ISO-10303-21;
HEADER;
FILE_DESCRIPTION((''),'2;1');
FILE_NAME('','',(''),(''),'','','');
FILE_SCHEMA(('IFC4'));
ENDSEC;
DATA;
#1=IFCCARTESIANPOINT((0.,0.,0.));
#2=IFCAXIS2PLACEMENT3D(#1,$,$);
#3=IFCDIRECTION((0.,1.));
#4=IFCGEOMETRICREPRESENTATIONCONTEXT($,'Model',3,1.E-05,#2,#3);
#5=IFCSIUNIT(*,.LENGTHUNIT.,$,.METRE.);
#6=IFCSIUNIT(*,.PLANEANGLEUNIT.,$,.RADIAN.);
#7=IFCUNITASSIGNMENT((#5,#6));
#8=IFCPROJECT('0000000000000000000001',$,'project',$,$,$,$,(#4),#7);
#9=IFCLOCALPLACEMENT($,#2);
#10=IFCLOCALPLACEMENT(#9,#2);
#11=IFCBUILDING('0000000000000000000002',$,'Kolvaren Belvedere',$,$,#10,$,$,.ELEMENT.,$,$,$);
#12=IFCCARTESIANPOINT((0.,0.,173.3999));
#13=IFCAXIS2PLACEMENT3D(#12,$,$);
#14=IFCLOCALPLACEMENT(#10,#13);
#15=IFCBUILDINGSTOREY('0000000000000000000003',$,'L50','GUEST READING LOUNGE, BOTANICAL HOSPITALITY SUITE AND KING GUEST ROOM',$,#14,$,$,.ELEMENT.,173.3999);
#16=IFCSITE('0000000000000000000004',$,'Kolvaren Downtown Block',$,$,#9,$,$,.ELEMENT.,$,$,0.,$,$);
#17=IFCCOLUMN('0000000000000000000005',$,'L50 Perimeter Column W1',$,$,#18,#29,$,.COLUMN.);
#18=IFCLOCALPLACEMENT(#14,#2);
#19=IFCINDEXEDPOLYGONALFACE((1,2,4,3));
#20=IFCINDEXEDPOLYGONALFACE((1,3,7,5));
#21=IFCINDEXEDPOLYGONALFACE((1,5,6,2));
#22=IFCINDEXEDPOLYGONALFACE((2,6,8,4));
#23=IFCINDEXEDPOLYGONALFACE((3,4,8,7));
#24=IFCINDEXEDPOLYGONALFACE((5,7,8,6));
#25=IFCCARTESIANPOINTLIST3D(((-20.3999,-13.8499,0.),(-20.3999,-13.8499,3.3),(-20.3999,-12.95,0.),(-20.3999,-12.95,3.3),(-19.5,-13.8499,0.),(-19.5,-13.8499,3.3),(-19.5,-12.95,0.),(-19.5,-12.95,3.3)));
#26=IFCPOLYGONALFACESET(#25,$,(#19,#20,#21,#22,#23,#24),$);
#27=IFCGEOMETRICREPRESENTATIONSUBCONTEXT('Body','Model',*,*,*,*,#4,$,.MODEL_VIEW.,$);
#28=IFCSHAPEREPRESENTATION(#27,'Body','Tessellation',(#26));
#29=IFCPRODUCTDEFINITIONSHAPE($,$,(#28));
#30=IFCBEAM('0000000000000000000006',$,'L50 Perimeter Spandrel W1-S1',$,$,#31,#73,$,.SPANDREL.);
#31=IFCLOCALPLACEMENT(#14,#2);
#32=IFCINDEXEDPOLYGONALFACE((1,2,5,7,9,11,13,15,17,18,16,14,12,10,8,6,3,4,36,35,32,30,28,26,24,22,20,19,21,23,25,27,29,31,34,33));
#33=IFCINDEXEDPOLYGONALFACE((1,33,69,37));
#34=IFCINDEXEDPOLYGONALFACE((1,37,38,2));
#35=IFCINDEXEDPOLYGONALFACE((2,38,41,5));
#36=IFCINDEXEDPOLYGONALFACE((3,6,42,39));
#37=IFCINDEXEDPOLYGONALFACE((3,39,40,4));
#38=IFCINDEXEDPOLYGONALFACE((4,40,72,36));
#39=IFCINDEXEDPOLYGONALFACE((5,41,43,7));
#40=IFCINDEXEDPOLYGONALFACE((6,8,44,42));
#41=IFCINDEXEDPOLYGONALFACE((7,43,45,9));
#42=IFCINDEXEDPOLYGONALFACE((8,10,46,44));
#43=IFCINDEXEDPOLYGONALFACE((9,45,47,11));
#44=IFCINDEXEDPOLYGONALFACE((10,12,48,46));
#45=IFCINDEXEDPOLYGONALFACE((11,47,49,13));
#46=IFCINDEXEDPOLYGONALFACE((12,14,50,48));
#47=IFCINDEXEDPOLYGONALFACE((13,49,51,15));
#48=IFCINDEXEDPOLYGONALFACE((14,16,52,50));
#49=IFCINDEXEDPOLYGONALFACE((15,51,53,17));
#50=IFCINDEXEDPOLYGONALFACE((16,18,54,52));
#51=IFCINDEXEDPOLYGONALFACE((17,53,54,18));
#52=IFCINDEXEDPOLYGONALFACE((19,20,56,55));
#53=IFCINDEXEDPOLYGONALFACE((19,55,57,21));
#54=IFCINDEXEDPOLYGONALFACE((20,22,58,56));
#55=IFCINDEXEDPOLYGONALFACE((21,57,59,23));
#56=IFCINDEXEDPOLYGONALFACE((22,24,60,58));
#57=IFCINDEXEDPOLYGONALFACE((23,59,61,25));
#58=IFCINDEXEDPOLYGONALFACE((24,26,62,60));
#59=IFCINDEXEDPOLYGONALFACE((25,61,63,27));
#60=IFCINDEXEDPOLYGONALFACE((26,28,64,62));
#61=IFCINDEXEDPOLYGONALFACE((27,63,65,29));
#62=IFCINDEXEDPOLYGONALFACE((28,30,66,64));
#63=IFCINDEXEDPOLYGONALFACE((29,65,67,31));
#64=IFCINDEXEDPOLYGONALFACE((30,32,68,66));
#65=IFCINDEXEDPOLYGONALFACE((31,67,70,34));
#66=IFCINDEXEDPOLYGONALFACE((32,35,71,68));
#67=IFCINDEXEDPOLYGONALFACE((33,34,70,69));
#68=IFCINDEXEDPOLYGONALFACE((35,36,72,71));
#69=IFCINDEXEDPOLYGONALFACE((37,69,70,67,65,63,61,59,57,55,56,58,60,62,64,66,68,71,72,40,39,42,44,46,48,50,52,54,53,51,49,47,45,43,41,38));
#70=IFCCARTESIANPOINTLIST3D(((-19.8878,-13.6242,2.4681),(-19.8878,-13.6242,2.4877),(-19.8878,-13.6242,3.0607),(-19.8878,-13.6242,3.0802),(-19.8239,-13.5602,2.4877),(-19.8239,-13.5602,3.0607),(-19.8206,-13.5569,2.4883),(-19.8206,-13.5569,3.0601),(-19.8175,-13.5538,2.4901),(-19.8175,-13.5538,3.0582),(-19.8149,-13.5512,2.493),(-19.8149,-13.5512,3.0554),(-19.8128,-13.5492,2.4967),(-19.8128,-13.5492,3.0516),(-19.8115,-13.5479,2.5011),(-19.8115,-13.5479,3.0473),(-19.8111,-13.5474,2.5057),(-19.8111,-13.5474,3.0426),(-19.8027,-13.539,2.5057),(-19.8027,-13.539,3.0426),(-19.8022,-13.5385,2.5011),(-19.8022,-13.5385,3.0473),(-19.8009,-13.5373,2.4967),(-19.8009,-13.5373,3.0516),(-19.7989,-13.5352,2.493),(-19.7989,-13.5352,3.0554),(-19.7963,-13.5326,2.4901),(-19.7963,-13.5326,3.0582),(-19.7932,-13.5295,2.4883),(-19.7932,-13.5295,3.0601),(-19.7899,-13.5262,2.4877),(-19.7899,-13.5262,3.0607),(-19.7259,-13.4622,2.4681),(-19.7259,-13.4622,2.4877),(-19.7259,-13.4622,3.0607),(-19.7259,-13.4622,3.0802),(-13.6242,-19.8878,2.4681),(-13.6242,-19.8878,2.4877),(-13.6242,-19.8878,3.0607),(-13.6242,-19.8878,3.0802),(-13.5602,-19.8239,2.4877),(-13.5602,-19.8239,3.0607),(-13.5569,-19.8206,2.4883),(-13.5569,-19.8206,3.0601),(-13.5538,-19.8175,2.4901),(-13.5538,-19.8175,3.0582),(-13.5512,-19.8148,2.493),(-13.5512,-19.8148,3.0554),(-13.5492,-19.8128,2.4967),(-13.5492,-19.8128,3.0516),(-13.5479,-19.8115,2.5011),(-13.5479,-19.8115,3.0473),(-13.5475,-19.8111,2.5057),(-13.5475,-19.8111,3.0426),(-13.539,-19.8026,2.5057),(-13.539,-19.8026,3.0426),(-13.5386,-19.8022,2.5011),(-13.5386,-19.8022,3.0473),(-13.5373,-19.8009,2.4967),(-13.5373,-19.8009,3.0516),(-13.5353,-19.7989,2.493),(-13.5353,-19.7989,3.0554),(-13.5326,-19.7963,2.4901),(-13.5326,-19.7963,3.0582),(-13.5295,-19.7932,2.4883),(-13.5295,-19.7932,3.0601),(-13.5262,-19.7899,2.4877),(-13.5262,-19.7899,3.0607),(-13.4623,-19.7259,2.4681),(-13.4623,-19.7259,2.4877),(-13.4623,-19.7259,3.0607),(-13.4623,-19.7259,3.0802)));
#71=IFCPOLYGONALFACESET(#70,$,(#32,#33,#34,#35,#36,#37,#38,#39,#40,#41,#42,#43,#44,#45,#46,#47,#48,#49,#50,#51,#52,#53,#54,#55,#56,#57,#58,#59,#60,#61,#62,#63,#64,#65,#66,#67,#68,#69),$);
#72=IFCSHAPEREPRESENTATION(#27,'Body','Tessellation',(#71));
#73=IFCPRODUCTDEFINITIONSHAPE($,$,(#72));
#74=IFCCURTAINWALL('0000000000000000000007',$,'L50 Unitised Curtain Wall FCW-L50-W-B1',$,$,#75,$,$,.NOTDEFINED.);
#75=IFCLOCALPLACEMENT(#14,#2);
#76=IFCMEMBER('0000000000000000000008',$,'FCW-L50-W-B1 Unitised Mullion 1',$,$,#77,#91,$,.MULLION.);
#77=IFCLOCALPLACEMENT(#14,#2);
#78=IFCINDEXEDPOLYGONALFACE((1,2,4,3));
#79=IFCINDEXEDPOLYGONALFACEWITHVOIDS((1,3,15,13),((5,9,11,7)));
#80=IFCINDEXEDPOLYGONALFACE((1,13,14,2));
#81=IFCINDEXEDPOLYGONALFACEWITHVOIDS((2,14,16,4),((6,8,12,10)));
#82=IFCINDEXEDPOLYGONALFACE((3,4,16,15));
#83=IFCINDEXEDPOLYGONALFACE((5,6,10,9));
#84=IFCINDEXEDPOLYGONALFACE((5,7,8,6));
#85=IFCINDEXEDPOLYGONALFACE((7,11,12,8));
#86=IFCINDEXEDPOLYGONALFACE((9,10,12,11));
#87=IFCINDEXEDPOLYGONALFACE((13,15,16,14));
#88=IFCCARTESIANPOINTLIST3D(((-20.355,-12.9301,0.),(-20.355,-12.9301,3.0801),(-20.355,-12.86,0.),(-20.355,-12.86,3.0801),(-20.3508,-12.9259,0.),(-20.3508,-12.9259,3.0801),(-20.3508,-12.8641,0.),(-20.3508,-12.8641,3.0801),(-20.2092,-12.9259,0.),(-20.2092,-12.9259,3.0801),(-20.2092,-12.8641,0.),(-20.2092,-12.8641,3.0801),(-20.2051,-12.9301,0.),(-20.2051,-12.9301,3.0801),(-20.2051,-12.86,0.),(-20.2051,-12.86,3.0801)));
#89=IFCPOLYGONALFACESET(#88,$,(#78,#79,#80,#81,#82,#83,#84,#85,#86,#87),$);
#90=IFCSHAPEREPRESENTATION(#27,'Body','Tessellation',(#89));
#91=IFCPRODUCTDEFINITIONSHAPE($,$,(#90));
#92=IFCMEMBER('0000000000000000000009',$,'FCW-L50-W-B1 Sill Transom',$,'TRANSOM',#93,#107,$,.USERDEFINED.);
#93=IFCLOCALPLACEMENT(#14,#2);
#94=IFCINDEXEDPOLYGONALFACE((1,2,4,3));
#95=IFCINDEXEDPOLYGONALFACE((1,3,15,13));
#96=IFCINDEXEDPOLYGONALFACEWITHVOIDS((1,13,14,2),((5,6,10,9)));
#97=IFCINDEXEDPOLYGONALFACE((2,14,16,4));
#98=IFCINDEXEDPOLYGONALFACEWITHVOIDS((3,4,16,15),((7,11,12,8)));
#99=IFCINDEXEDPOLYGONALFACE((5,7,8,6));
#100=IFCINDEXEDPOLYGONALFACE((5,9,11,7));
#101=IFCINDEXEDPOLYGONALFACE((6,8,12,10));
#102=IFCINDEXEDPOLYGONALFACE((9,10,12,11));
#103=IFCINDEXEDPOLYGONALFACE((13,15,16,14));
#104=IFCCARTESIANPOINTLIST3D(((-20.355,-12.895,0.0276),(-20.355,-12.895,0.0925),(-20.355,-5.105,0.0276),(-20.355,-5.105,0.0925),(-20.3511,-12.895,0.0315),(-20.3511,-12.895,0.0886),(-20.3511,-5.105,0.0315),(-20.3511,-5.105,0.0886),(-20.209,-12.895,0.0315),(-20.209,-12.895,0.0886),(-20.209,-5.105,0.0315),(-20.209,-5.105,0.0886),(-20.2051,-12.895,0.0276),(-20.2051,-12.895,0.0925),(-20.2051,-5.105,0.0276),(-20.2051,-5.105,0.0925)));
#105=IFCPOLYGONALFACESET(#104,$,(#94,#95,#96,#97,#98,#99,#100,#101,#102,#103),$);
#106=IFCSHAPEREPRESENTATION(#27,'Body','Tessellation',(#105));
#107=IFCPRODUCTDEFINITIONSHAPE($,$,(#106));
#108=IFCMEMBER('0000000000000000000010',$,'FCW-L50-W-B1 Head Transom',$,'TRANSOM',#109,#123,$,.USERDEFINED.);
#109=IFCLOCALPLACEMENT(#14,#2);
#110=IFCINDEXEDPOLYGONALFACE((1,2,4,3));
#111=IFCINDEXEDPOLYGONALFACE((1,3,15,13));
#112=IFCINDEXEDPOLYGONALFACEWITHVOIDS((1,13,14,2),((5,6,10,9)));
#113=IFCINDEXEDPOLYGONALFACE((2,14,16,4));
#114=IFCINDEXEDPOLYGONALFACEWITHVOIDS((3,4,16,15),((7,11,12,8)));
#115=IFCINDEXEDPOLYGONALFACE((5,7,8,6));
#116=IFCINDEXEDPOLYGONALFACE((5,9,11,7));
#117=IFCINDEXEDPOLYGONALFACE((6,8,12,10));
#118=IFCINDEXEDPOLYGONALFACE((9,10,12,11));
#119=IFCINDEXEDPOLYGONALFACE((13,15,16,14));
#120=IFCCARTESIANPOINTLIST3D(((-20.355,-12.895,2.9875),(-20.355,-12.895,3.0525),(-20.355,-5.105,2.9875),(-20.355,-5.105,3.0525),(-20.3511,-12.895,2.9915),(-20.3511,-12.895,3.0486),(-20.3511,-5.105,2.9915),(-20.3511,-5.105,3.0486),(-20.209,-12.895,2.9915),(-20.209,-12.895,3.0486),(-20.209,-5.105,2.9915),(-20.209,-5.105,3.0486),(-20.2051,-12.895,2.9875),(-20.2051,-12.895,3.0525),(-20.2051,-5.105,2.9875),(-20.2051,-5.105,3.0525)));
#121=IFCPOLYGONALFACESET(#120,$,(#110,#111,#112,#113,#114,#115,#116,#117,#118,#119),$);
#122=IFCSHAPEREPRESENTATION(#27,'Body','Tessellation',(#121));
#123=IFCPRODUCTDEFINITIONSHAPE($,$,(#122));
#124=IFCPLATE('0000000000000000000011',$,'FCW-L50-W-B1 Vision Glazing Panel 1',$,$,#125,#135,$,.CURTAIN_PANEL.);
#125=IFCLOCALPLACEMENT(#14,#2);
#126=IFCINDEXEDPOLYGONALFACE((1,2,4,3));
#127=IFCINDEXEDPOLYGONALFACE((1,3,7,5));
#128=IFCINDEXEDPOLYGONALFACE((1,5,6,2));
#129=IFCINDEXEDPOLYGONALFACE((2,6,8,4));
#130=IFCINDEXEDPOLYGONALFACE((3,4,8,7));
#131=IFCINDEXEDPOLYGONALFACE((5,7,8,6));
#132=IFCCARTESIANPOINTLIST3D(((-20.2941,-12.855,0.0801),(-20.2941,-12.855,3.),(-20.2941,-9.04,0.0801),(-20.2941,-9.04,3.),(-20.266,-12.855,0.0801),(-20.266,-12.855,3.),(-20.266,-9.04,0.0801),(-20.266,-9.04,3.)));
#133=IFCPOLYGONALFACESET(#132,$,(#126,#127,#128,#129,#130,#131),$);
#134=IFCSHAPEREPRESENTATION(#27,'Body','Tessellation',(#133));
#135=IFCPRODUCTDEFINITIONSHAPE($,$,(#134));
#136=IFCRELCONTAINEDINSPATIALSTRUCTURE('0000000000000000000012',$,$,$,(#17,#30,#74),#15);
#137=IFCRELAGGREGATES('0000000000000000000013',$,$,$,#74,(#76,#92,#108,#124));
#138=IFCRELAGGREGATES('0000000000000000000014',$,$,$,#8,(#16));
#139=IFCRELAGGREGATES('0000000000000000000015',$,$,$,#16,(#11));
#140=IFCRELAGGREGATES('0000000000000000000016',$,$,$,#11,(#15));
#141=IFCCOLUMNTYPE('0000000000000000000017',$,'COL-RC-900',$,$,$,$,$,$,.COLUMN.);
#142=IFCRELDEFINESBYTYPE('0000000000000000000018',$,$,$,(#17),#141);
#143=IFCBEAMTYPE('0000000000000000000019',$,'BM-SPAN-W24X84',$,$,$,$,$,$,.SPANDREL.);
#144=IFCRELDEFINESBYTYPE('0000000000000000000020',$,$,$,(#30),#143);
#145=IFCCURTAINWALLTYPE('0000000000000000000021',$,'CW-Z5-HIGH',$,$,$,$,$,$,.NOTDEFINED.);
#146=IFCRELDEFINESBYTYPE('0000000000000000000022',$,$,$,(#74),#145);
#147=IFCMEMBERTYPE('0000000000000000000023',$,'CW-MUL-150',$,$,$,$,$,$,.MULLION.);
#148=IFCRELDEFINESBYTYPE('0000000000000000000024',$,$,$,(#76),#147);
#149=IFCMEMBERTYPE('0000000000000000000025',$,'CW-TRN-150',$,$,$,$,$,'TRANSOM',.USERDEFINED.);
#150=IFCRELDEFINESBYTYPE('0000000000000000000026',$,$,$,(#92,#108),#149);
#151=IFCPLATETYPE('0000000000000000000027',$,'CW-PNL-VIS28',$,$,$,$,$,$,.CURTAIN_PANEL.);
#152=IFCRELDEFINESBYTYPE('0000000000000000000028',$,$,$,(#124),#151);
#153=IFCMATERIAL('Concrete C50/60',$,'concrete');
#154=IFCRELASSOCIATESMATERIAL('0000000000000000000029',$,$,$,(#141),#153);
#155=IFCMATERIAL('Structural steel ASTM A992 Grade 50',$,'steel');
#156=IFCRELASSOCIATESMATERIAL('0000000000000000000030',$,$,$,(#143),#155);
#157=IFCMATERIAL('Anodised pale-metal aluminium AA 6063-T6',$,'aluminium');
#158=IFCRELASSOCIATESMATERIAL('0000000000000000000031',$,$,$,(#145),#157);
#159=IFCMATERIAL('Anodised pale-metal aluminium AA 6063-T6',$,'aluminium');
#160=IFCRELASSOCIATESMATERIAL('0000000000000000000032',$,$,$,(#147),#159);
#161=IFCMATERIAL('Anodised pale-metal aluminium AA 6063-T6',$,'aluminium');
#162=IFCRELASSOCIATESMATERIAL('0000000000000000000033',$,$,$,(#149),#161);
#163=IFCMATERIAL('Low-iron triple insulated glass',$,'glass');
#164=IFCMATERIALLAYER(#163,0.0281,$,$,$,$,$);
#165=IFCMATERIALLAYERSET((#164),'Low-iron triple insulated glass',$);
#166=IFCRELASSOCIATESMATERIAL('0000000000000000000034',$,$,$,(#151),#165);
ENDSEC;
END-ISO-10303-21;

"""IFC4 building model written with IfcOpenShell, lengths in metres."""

from ifc_helpers import new_model, si_unit, direction, frame, origin, origin_2d, place, context, subcontext, project, spatial, rectangle, hollow_rectangle, i_section, extrude, material, layer, layer_set, material_profile, profile_set, type_object, element, aggregate, save


model = new_model("IFC4")

# Units and contexts
model_context = context("Model", 3, precision=1e-05, world=origin(), true_north=direction((0.0, 1.0)))
body_context = subcontext(model_context, "Body", "Model", "MODEL_VIEW")
ifc_project = project(units=[si_unit("LENGTHUNIT", "METRE"), si_unit("PLANEANGLEUNIT", "RADIAN")], contexts=[model_context])

# Site, building, storey
site_placement = place(None, origin())
site = spatial("IfcSite", under=ifc_project, at=site_placement, Name="Kolvaren Downtown Block", CompositionType="ELEMENT", RefElevation=0.0)
building_placement = place(site_placement, origin())
building = spatial("IfcBuilding", under=site, at=building_placement, Name="Kolvaren Belvedere", CompositionType="ELEMENT")
storey_placement = place(building_placement, frame((0.0, 0.0, 173.3999)))
storey = spatial("IfcBuildingStorey", under=building, at=storey_placement, Name="L50", Description="GUEST READING LOUNGE, BOTANICAL HOSPITALITY SUITE AND KING GUEST ROOM", CompositionType="ELEMENT", Elevation=173.3999)

# Column
ifc_material_1 = material(Name="Concrete C50/60", Category="concrete")
ifc_material_profile_1 = material_profile(ifc_material_1, rectangle(XDim=0.8999, YDim=0.8999, at=origin_2d()), Name="RC 900X900")
ifc_profile_set_1 = profile_set([ifc_material_profile_1], Name="Concrete C50/60")
column_type = type_object("IfcColumnType", Name="COL-RC-900", PredefinedType="COLUMN", material=ifc_profile_set_1)
column_placement = place(storey_placement, frame((-19.95, -13.3999, 0.0), z_axis=(0.0, 0.0, 1.0), x_axis=(1.0, 0.0, 0.0)))
element("IfcColumn", 1, at=column_placement, inside=storey, type_object=column_type, Name="L50 Perimeter Column W1", PredefinedType="COLUMN", context=body_context, shape_type="SweptSolid", body=[
    extrude(rectangle(XDim=0.8999, YDim=0.8999, at=origin_2d()), origin(), (0.0, 0.0, 1.0), 3.3),
])

# Beam
ifc_material_2 = material(Name="Structural steel ASTM A992 Grade 50", Category="steel")
ifc_material_profile_2 = material_profile(ifc_material_2, i_section(OverallWidth=0.229, OverallDepth=0.6121, WebThickness=0.012, FlangeThickness=0.0195, FilletRadius=0.0181, at=origin_2d()), Name="W24X84")
ifc_profile_set_2 = profile_set([ifc_material_profile_2], Name="Structural steel ASTM A992 Grade 50")
beam_type = type_object("IfcBeamType", Name="BM-SPAN-W24X84", PredefinedType="SPANDREL", material=ifc_profile_set_2)
beam_placement = place(storey_placement, frame((-19.8069, -13.5432, 2.7742), z_axis=(0.707107, -0.707107, 0.0), x_axis=(0.707107, 0.707107, 0.0)))
element("IfcBeam", 2, at=beam_placement, inside=storey, type_object=beam_type, Name="L50 Perimeter Spandrel W1-S1", PredefinedType="SPANDREL", context=body_context, shape_type="SweptSolid", body=[
    extrude(i_section(OverallWidth=0.229, OverallDepth=0.6121, WebThickness=0.012, FlangeThickness=0.0195, FilletRadius=0.0181, at=origin_2d()), origin(), (0.0, 0.0, 1.0), 8.8582),
])

# Curtain wall, members, plate
ifc_material_3 = material(Name="Anodised pale-metal aluminium AA 6063-T6", Category="aluminium")
curtain_wall_type = type_object("IfcCurtainWallType", Name="CW-Z5-HIGH", PredefinedType="NOTDEFINED", material=ifc_material_3)
curtain_wall_placement = place(storey_placement, origin())
curtain_wall = element("IfcCurtainWall", 3, at=curtain_wall_placement, inside=storey, type_object=curtain_wall_type, Name="L50 Unitised Curtain Wall FCW-L50-W-B1", PredefinedType="NOTDEFINED")
ifc_material_4 = material(Name="Anodised pale-metal aluminium AA 6063-T6", Category="aluminium")
ifc_material_profile_3 = material_profile(ifc_material_4, hollow_rectangle(XDim=0.0701, YDim=0.1499, WallThickness=0.0042, at=origin_2d()), Name="ALU-MUL-150X70")
ifc_profile_set_3 = profile_set([ifc_material_profile_3], Name="Anodised pale-metal aluminium AA 6063-T6")
member_type_1 = type_object("IfcMemberType", Name="CW-MUL-150", PredefinedType="MULLION", material=ifc_profile_set_3)
member_1_placement = place(storey_placement, frame((-20.28, -12.895, 0.0), z_axis=(0.0, 0.0, 1.0), x_axis=(0.0, 1.0, 0.0)))
member_1 = element("IfcMember", 4, at=member_1_placement, type_object=member_type_1, Name="FCW-L50-W-B1 Unitised Mullion 1", PredefinedType="MULLION", context=body_context, shape_type="SweptSolid", body=[
    extrude(hollow_rectangle(XDim=0.0701, YDim=0.1499, WallThickness=0.0042, at=origin_2d()), origin(), (0.0, 0.0, 1.0), 3.0801),
])
ifc_material_5 = material(Name="Anodised pale-metal aluminium AA 6063-T6", Category="aluminium")
ifc_material_profile_4 = material_profile(ifc_material_5, hollow_rectangle(XDim=0.0649, YDim=0.1499, WallThickness=0.0039, at=origin_2d()), Name="ALU-TRN-150X65")
ifc_profile_set_4 = profile_set([ifc_material_profile_4], Name="Anodised pale-metal aluminium AA 6063-T6")
member_type_2 = type_object("IfcMemberType", Name="CW-TRN-150", ElementType="TRANSOM", PredefinedType="USERDEFINED", material=ifc_profile_set_4)
member_2_placement = place(storey_placement, frame((-20.28, -12.895, 0.0601), z_axis=(0.0, 1.0, 0.0), x_axis=(0.0, 0.0, 1.0)))
member_2 = element("IfcMember", 5, at=member_2_placement, type_object=member_type_2, Name="FCW-L50-W-B1 Sill Transom", ObjectType="TRANSOM", PredefinedType="USERDEFINED", context=body_context, shape_type="SweptSolid", body=[
    extrude(hollow_rectangle(XDim=0.0649, YDim=0.1499, WallThickness=0.0039, at=origin_2d()), origin(), (0.0, 0.0, 1.0), 7.79),
])
member_3_placement = place(storey_placement, frame((-20.28, -12.895, 3.02), z_axis=(0.0, 1.0, 0.0), x_axis=(0.0, 0.0, 1.0)))
member_3 = element("IfcMember", 6, at=member_3_placement, type_object=member_type_2, Name="FCW-L50-W-B1 Head Transom", ObjectType="TRANSOM", PredefinedType="USERDEFINED", context=body_context, shape_type="SweptSolid", body=[
    extrude(hollow_rectangle(XDim=0.0649, YDim=0.1499, WallThickness=0.0039, at=origin_2d()), origin(), (0.0, 0.0, 1.0), 7.79),
])
ifc_material_6 = material(Name="Low-iron triple insulated glass", Category="glass")
ifc_layer_1 = layer(ifc_material_6, 0.0281)
ifc_layer_set_1 = layer_set([ifc_layer_1], Name="Low-iron triple insulated glass")
plate_type = type_object("IfcPlateType", Name="CW-PNL-VIS28", PredefinedType="CURTAIN_PANEL", material=ifc_layer_set_1)
plate_placement = place(storey_placement, frame((-20.28, -10.9475, 0.0801), z_axis=(0.0, 0.0, 1.0), x_axis=(0.0, 1.0, 0.0)))
plate = element("IfcPlate", 7, at=plate_placement, type_object=plate_type, Name="FCW-L50-W-B1 Vision Glazing Panel 1", PredefinedType="CURTAIN_PANEL", context=body_context, shape_type="SweptSolid", body=[
    extrude(rectangle(XDim=3.8149, YDim=0.0281, at=origin_2d()), origin(), (0.0, 0.0, 1.0), 2.9199),
])
aggregate(curtain_wall, [member_1, member_2, member_3, plate])

save(model, "model.ifc")
